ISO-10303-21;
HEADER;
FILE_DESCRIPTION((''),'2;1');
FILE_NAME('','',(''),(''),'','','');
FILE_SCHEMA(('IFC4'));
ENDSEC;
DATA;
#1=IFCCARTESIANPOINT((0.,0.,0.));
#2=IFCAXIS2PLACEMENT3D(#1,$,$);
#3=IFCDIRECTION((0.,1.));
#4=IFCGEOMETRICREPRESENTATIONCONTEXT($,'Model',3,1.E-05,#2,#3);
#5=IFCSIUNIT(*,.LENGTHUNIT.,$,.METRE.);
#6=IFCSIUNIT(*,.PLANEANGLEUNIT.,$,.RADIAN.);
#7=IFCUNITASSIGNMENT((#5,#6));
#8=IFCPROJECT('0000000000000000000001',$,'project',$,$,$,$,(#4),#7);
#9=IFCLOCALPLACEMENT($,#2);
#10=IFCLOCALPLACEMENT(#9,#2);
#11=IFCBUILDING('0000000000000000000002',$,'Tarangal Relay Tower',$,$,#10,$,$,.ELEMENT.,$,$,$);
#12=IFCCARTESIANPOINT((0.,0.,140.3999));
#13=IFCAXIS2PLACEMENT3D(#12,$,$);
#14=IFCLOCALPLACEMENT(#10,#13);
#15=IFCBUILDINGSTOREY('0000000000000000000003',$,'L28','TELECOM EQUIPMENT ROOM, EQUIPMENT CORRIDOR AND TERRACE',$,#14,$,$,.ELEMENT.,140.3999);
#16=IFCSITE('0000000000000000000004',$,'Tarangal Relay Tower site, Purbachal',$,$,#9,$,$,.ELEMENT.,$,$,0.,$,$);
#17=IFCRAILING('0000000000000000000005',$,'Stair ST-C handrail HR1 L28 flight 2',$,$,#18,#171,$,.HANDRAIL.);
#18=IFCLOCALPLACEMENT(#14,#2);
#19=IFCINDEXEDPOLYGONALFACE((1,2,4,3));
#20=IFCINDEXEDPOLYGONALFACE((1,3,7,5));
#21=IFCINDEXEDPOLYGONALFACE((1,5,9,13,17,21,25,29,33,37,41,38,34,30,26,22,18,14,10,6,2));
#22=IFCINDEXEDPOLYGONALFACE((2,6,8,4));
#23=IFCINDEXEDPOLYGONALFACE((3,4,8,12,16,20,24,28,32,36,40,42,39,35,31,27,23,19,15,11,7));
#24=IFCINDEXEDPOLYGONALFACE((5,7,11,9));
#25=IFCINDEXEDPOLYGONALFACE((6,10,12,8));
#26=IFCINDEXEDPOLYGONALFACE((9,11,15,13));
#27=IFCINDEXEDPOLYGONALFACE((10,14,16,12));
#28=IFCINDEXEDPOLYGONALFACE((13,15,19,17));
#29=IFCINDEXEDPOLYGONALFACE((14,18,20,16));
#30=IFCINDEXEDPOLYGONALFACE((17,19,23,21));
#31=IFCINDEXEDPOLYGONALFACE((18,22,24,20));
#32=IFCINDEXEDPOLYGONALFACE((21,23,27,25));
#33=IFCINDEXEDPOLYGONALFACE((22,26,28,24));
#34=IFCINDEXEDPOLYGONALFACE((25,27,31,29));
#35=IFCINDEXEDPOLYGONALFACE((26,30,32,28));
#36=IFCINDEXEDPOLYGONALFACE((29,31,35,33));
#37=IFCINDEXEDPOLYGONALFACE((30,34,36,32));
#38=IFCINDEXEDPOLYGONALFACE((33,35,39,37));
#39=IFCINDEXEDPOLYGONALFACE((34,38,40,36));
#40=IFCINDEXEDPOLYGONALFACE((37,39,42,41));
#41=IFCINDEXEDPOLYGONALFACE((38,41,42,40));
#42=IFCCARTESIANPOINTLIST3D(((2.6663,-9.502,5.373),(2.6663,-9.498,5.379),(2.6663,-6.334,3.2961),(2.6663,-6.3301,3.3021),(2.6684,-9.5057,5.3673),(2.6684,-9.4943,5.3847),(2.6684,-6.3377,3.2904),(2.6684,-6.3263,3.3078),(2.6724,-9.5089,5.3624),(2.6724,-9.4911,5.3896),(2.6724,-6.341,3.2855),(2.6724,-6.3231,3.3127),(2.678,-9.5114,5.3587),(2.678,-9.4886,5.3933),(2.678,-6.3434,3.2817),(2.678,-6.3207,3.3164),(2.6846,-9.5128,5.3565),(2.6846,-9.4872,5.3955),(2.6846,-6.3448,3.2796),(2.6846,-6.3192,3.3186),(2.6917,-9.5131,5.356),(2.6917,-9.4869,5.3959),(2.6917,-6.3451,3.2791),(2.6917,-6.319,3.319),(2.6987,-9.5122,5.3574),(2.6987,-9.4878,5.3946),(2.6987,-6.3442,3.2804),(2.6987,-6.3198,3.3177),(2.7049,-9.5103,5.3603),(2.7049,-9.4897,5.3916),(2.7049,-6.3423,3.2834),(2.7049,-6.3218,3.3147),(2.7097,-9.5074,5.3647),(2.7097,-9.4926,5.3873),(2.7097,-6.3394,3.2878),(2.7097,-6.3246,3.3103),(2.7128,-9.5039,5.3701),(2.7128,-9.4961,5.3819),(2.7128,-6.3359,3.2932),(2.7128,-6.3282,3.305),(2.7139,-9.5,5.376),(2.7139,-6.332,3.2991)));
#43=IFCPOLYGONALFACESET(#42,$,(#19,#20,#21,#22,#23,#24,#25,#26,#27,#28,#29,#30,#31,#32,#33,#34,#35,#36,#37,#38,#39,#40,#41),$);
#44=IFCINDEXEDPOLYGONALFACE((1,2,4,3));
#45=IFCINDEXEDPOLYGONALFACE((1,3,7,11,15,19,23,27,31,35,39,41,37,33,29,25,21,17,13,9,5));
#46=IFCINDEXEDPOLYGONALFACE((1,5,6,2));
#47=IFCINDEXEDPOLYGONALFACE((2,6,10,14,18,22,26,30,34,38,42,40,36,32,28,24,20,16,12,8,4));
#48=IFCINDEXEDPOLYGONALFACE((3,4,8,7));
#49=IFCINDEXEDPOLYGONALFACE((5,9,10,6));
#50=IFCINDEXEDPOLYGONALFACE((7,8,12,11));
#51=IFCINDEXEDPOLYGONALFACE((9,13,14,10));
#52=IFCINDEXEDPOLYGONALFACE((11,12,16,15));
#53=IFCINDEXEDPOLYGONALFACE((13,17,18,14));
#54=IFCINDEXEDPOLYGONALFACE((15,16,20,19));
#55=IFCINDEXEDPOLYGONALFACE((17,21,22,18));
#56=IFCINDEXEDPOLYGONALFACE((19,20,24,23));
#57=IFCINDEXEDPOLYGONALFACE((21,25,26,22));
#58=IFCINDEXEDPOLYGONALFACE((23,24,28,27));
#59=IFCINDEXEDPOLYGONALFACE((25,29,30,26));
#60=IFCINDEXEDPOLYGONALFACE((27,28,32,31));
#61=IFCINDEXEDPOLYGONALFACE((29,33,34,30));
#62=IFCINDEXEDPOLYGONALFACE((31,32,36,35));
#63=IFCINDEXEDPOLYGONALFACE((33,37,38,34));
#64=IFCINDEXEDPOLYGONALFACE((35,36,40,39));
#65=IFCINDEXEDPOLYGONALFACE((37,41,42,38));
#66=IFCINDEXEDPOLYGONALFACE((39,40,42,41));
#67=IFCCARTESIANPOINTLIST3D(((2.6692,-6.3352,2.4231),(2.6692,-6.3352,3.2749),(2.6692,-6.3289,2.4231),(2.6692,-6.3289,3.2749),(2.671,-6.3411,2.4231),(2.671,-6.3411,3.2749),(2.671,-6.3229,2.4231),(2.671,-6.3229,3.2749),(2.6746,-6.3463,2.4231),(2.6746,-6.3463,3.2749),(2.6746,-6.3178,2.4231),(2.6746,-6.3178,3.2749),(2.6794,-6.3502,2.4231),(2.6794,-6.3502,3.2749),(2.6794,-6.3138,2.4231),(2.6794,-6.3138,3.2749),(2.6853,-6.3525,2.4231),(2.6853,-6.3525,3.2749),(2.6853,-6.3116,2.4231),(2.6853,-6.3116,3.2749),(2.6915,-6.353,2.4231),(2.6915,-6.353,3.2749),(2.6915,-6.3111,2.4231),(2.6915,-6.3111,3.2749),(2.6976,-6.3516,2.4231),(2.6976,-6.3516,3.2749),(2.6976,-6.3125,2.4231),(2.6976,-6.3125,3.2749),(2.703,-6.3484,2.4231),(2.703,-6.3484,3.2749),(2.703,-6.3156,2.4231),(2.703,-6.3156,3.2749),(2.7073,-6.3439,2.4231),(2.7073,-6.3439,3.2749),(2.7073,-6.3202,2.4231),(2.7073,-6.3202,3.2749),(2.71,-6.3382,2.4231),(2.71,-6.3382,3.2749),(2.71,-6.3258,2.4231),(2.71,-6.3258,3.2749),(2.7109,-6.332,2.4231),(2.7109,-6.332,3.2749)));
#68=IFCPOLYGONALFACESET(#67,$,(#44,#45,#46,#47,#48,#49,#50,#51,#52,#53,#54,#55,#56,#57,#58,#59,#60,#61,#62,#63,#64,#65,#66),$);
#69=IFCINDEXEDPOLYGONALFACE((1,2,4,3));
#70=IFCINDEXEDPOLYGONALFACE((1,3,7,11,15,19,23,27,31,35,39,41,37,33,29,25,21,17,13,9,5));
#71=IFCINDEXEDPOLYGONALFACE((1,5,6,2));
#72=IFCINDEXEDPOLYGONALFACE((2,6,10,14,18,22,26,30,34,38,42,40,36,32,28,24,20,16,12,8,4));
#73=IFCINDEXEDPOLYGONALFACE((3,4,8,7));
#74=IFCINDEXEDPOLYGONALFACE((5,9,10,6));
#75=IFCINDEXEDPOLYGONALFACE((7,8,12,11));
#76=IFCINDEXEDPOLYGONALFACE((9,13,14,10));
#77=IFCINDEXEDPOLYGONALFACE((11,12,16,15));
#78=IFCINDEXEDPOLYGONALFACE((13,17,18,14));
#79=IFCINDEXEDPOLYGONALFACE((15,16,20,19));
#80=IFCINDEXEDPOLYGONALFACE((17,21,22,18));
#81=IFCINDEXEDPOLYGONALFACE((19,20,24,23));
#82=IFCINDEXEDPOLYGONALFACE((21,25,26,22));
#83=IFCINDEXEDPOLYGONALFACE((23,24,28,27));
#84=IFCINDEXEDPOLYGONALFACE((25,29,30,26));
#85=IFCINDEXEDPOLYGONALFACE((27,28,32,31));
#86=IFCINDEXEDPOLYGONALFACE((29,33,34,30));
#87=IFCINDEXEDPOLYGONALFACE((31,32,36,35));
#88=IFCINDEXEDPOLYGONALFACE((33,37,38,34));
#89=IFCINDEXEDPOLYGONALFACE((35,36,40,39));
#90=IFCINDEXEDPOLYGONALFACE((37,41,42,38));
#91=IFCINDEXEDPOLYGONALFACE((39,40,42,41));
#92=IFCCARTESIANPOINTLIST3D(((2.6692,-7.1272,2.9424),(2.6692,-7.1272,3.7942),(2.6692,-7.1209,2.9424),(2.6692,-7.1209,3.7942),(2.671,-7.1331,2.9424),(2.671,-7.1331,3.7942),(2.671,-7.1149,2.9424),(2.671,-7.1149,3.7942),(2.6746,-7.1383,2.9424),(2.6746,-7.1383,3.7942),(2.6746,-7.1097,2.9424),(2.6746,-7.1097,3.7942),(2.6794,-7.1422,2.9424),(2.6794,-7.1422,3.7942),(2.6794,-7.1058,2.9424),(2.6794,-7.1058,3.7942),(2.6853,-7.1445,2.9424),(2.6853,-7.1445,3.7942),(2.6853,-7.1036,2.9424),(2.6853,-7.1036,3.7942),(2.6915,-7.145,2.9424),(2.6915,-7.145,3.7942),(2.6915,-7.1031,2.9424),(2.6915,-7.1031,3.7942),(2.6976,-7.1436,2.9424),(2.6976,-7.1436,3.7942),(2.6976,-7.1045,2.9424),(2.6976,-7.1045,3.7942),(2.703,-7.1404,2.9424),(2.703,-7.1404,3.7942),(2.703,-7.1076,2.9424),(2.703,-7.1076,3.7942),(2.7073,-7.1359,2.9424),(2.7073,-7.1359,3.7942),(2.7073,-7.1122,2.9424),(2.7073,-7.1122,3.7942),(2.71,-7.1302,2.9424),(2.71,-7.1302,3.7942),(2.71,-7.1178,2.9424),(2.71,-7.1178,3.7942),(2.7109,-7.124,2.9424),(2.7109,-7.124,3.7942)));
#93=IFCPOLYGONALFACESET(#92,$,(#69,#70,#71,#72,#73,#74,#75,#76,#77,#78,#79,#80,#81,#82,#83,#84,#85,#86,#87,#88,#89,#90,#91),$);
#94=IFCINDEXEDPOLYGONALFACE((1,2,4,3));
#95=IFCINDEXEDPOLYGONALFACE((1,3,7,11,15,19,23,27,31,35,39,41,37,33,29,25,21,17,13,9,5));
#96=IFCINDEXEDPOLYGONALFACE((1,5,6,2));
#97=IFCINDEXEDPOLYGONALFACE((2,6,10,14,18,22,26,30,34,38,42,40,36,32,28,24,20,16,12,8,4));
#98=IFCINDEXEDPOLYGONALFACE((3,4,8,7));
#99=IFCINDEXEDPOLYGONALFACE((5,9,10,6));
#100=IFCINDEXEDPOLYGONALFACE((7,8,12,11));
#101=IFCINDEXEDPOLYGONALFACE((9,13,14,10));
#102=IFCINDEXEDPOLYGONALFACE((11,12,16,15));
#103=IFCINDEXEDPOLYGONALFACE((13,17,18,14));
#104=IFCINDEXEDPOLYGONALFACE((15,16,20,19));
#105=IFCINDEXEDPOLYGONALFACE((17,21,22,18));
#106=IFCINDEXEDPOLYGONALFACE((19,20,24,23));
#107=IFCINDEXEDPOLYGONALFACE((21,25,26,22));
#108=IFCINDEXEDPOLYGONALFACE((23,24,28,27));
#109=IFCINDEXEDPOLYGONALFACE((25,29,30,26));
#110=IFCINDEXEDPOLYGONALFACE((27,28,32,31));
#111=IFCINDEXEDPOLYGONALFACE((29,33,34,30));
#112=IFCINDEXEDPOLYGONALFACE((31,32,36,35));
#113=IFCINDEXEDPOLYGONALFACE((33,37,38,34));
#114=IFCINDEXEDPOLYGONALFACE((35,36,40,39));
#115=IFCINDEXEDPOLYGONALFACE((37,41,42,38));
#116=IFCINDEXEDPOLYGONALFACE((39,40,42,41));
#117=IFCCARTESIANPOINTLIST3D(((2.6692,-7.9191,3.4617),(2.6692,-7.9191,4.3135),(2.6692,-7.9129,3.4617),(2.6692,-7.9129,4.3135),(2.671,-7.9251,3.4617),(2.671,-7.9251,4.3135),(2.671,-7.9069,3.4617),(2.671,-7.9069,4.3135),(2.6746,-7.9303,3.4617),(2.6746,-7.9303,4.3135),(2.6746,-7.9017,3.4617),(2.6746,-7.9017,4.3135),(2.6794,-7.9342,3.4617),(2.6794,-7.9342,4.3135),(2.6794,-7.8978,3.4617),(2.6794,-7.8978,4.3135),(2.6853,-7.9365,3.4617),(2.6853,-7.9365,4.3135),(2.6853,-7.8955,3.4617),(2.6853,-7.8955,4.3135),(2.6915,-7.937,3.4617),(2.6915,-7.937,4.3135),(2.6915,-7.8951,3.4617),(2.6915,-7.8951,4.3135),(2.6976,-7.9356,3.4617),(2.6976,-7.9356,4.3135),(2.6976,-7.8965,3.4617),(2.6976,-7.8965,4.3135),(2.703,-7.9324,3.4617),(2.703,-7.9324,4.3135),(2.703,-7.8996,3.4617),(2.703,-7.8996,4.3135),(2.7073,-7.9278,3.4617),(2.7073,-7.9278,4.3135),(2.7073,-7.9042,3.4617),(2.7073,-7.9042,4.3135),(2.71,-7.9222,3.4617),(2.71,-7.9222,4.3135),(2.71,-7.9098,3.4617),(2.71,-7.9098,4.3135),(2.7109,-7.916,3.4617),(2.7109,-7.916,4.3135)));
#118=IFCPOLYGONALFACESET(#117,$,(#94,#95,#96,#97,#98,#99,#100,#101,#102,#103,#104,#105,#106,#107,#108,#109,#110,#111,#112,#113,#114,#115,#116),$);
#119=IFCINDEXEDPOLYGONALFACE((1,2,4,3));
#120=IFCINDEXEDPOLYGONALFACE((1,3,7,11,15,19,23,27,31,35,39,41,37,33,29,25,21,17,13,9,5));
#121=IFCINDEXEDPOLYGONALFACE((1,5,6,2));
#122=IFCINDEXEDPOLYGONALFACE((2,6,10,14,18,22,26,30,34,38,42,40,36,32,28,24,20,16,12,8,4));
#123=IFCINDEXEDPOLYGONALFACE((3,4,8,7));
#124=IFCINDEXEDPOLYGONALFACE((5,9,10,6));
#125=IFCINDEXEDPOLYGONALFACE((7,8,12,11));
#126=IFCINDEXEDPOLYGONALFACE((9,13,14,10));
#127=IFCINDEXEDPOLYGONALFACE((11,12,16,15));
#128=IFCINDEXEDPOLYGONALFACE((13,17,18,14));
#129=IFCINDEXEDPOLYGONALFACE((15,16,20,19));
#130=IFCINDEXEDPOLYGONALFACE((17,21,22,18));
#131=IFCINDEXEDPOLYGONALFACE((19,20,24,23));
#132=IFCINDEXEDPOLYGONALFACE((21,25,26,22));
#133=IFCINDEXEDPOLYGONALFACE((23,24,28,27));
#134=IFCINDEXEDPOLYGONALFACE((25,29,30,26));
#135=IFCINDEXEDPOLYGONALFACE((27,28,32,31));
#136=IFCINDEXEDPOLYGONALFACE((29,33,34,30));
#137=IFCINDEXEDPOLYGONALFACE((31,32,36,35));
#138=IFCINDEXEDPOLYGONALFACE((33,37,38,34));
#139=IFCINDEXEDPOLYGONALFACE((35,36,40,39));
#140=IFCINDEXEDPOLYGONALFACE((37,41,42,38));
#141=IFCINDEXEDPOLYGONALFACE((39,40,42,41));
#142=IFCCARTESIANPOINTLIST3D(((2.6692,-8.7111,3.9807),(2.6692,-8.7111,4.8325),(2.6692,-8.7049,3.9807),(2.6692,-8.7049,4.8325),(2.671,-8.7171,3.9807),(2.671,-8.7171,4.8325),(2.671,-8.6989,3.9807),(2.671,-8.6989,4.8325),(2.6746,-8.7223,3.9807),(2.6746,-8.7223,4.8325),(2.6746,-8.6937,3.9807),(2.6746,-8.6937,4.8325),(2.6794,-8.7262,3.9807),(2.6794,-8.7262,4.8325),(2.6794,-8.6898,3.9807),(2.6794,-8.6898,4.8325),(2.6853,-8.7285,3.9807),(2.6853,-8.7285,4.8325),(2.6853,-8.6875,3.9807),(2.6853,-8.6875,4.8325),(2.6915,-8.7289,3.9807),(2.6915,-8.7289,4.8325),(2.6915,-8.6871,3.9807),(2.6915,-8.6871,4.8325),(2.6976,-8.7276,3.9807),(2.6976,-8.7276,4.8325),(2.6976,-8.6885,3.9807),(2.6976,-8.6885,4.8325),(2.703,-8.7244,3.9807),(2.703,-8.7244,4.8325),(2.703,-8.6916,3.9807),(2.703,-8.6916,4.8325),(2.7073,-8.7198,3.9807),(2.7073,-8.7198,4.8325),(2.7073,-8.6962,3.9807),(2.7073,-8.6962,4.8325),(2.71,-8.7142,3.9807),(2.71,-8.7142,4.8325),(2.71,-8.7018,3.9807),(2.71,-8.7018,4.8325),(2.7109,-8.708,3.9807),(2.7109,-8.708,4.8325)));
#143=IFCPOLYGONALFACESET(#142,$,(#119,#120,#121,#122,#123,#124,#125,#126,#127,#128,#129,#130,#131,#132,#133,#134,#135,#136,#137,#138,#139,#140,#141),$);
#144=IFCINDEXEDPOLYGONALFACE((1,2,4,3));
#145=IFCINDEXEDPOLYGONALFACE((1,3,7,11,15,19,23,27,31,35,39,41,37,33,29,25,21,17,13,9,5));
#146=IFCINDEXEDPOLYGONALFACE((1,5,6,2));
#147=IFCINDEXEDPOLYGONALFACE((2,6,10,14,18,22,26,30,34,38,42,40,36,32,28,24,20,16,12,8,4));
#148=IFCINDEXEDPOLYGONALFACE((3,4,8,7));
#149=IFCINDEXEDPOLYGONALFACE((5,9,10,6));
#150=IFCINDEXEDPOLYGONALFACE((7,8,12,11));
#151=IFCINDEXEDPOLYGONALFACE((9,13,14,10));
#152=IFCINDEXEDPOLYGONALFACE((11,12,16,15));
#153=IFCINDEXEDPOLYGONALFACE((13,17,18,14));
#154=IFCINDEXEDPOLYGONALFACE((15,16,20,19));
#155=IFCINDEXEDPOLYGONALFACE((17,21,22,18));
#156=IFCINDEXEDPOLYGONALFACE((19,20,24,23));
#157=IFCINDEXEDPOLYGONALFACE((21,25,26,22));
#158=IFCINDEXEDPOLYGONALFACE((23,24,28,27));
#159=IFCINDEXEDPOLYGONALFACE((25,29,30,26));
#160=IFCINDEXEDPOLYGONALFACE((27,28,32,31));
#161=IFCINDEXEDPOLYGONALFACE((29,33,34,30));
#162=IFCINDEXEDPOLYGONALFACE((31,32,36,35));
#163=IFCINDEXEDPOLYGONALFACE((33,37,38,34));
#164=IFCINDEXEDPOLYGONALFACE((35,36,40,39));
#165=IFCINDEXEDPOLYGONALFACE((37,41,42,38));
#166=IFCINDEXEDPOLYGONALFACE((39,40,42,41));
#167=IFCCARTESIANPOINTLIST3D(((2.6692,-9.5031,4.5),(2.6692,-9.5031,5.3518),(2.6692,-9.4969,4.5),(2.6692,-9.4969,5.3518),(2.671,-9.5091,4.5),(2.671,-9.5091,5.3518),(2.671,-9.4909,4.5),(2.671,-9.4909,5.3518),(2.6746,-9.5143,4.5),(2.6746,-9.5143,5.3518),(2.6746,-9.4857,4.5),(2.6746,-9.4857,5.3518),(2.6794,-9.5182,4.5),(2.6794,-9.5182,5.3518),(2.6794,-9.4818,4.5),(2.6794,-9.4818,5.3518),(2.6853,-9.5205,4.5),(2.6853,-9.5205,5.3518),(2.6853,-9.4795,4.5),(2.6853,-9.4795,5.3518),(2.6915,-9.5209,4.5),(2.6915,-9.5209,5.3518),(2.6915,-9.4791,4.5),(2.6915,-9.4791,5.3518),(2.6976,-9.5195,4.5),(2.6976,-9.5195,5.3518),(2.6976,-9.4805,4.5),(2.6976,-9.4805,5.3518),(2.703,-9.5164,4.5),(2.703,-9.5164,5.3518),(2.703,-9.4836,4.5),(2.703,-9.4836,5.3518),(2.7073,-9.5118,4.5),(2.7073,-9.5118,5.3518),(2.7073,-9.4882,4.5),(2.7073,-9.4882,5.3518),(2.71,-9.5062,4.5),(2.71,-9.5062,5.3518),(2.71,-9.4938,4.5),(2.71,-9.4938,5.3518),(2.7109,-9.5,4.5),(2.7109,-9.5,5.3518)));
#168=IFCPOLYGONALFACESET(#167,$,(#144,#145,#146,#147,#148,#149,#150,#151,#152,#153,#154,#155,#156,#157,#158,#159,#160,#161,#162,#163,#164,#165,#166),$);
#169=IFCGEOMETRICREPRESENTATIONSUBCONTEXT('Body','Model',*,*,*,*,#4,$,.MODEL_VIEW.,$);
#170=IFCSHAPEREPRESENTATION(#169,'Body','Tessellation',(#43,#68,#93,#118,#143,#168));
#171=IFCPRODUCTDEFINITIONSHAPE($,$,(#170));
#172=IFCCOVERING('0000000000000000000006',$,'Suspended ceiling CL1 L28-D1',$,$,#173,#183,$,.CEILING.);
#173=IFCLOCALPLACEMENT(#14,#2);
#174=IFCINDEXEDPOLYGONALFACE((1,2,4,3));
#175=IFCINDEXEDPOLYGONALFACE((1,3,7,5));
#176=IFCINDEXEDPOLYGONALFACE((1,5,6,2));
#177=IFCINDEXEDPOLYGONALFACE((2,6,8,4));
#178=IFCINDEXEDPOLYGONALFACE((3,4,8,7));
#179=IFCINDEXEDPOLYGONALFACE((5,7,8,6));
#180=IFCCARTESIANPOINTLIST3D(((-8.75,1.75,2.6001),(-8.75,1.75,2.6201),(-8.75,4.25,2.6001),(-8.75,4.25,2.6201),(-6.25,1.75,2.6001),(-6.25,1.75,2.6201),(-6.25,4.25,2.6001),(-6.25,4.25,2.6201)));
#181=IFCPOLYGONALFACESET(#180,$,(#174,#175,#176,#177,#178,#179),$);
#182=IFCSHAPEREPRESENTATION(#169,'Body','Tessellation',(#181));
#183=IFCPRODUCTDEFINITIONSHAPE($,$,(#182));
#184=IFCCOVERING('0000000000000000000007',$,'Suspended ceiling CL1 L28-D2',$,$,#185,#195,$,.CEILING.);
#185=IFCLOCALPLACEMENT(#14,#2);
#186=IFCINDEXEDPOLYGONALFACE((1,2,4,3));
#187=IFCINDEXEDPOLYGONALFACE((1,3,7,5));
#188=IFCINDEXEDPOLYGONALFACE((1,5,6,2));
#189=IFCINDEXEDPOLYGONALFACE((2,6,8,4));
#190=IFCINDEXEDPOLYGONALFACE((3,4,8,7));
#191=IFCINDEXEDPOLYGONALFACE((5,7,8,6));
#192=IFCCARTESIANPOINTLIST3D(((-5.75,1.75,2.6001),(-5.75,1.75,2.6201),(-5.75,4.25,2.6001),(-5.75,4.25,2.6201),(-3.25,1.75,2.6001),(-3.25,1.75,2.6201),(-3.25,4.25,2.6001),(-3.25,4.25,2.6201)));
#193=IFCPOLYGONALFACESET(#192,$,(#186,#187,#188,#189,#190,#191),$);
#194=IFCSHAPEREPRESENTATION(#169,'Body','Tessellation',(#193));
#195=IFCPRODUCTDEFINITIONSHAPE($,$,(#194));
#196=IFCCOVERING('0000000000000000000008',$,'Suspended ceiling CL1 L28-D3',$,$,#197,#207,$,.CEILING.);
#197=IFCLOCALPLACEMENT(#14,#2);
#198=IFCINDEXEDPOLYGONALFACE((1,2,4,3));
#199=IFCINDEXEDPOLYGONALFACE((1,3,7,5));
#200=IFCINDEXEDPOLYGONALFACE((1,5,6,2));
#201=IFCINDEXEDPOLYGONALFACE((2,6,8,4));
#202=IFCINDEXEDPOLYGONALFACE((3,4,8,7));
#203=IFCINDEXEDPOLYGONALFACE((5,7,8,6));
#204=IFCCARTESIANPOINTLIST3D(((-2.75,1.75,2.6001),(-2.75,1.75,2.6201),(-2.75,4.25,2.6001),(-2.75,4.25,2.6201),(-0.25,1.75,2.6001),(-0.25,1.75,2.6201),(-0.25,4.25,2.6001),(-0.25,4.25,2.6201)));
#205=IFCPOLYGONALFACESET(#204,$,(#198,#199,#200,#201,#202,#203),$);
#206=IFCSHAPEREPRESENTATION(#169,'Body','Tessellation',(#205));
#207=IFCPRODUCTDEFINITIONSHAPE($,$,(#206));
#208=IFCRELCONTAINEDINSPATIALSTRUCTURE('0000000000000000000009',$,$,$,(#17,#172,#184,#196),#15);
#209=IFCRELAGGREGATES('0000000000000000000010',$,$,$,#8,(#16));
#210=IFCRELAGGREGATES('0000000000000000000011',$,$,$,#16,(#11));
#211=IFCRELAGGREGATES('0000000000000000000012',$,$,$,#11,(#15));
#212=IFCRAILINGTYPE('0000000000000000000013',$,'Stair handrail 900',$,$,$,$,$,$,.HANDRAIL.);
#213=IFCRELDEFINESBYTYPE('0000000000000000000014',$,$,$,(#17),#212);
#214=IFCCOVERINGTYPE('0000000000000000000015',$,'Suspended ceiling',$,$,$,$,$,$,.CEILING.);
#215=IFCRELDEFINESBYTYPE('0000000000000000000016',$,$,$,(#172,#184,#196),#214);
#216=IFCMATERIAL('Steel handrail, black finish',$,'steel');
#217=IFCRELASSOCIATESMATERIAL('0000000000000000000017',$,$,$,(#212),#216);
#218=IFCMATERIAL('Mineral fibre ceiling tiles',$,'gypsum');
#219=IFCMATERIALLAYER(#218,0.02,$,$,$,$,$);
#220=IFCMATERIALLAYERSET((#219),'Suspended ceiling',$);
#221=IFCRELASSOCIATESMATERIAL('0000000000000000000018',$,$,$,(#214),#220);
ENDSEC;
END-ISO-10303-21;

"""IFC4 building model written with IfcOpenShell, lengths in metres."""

from ifc_helpers import new_model, si_unit, direction, frame, origin, origin_2d, place, context, subcontext, project, spatial, polyline, circle, outline, extrude, material, layer, layer_set, type_object, element, save


model = new_model("IFC4")

# Units and contexts
model_context = context("Model", 3, precision=1e-05, world=origin(), true_north=direction((0.0, 1.0)))
body_context = subcontext(model_context, "Body", "Model", "MODEL_VIEW")
ifc_project = project(units=[si_unit("LENGTHUNIT", "METRE"), si_unit("PLANEANGLEUNIT", "RADIAN")], contexts=[model_context])

# Site, building, storey
site_placement = place(None, origin())
site = spatial("IfcSite", under=ifc_project, at=site_placement, Name="Tarangal Relay Tower site, Purbachal", CompositionType="ELEMENT", RefElevation=0.0)
building_placement = place(site_placement, origin())
building = spatial("IfcBuilding", under=site, at=building_placement, Name="Tarangal Relay Tower", CompositionType="ELEMENT")
storey_placement = place(building_placement, frame((0.0, 0.0, 140.3999)))
storey = spatial("IfcBuildingStorey", under=building, at=storey_placement, Name="L28", Description="TELECOM EQUIPMENT ROOM, EQUIPMENT CORRIDOR AND TERRACE", CompositionType="ELEMENT", Elevation=140.3999)

# Railing
ifc_material_1 = material(Name="Steel handrail, black finish", Category="steel")
railing_type_1 = type_object("IfcRailingType", Name="Stair handrail 900", PredefinedType="HANDRAIL", material=ifc_material_1)
railing_1_placement = place(storey_placement, frame((2.6899, -6.332, 2.4231)))
element("IfcRailing", 1, at=railing_1_placement, inside=storey, type_object=railing_type_1, Name="Stair ST-C handrail HR1 L28 flight 2", PredefinedType="HANDRAIL", context=body_context, shape_type="SweptSolid", body=[
    extrude(circle(Radius=0.0239, at=origin_2d()), frame((0.0, 0.0, 0.876), z_axis=(0.0, -0.836299, 0.548273), x_axis=(1.0, 0.0, 0.0)), (0.0, 0.0, 1.0), 3.7881),
    extrude(circle(Radius=0.021, at=origin_2d()), origin(), (0.0, 0.0, 1.0), 0.8518),
    extrude(circle(Radius=0.021, at=origin_2d()), frame((0.0, -0.792, 0.5193)), (0.0, 0.0, 1.0), 0.8518),
    extrude(circle(Radius=0.021, at=origin_2d()), frame((0.0, -1.584, 1.0386)), (0.0, 0.0, 1.0), 0.8518),
    extrude(circle(Radius=0.021, at=origin_2d()), frame((0.0, -2.376, 1.5576)), (0.0, 0.0, 1.0), 0.8518),
    extrude(circle(Radius=0.021, at=origin_2d()), frame((0.0, -3.168, 2.0769)), (0.0, 0.0, 1.0), 0.8518),
])

# Coverings
ifc_material_2 = material(Name="Mineral fibre ceiling tiles", Category="gypsum")
ifc_layer_1 = layer(ifc_material_2, 0.02)
ifc_layer_set_1 = layer_set([ifc_layer_1], Name="Suspended ceiling")
covering_type_1 = type_object("IfcCoveringType", Name="Suspended ceiling", PredefinedType="CEILING", material=ifc_layer_set_1)
covering_1_placement = place(storey_placement, frame((0.0, 0.0, 2.6001)))
element("IfcCovering", 2, at=covering_1_placement, inside=storey, type_object=covering_type_1, Name="Suspended ceiling CL1 L28-D1", PredefinedType="CEILING", context=body_context, shape_type="SweptSolid", body=[
    extrude(outline(polyline([(-8.75, 1.75), (-6.25, 1.75), (-6.25, 4.25), (-8.75, 4.25), (-8.75, 1.75)])), origin(), (0.0, 0.0, 1.0), 0.02),
])
covering_2_placement = place(storey_placement, frame((0.0, 0.0, 2.6001)))
element("IfcCovering", 3, at=covering_2_placement, inside=storey, type_object=covering_type_1, Name="Suspended ceiling CL1 L28-D2", PredefinedType="CEILING", context=body_context, shape_type="SweptSolid", body=[
    extrude(outline(polyline([(-5.75, 1.75), (-3.25, 1.75), (-3.25, 4.25), (-5.75, 4.25), (-5.75, 1.75)])), origin(), (0.0, 0.0, 1.0), 0.02),
])
covering_3_placement = place(storey_placement, frame((0.0, 0.0, 2.6001)))
element("IfcCovering", 4, at=covering_3_placement, inside=storey, type_object=covering_type_1, Name="Suspended ceiling CL1 L28-D3", PredefinedType="CEILING", context=body_context, shape_type="SweptSolid", body=[
    extrude(outline(polyline([(-2.75, 1.75), (-0.25, 1.75), (-0.25, 4.25), (-2.75, 4.25), (-2.75, 1.75)])), origin(), (0.0, 0.0, 1.0), 0.02),
])

save(model, "model.ifc")
